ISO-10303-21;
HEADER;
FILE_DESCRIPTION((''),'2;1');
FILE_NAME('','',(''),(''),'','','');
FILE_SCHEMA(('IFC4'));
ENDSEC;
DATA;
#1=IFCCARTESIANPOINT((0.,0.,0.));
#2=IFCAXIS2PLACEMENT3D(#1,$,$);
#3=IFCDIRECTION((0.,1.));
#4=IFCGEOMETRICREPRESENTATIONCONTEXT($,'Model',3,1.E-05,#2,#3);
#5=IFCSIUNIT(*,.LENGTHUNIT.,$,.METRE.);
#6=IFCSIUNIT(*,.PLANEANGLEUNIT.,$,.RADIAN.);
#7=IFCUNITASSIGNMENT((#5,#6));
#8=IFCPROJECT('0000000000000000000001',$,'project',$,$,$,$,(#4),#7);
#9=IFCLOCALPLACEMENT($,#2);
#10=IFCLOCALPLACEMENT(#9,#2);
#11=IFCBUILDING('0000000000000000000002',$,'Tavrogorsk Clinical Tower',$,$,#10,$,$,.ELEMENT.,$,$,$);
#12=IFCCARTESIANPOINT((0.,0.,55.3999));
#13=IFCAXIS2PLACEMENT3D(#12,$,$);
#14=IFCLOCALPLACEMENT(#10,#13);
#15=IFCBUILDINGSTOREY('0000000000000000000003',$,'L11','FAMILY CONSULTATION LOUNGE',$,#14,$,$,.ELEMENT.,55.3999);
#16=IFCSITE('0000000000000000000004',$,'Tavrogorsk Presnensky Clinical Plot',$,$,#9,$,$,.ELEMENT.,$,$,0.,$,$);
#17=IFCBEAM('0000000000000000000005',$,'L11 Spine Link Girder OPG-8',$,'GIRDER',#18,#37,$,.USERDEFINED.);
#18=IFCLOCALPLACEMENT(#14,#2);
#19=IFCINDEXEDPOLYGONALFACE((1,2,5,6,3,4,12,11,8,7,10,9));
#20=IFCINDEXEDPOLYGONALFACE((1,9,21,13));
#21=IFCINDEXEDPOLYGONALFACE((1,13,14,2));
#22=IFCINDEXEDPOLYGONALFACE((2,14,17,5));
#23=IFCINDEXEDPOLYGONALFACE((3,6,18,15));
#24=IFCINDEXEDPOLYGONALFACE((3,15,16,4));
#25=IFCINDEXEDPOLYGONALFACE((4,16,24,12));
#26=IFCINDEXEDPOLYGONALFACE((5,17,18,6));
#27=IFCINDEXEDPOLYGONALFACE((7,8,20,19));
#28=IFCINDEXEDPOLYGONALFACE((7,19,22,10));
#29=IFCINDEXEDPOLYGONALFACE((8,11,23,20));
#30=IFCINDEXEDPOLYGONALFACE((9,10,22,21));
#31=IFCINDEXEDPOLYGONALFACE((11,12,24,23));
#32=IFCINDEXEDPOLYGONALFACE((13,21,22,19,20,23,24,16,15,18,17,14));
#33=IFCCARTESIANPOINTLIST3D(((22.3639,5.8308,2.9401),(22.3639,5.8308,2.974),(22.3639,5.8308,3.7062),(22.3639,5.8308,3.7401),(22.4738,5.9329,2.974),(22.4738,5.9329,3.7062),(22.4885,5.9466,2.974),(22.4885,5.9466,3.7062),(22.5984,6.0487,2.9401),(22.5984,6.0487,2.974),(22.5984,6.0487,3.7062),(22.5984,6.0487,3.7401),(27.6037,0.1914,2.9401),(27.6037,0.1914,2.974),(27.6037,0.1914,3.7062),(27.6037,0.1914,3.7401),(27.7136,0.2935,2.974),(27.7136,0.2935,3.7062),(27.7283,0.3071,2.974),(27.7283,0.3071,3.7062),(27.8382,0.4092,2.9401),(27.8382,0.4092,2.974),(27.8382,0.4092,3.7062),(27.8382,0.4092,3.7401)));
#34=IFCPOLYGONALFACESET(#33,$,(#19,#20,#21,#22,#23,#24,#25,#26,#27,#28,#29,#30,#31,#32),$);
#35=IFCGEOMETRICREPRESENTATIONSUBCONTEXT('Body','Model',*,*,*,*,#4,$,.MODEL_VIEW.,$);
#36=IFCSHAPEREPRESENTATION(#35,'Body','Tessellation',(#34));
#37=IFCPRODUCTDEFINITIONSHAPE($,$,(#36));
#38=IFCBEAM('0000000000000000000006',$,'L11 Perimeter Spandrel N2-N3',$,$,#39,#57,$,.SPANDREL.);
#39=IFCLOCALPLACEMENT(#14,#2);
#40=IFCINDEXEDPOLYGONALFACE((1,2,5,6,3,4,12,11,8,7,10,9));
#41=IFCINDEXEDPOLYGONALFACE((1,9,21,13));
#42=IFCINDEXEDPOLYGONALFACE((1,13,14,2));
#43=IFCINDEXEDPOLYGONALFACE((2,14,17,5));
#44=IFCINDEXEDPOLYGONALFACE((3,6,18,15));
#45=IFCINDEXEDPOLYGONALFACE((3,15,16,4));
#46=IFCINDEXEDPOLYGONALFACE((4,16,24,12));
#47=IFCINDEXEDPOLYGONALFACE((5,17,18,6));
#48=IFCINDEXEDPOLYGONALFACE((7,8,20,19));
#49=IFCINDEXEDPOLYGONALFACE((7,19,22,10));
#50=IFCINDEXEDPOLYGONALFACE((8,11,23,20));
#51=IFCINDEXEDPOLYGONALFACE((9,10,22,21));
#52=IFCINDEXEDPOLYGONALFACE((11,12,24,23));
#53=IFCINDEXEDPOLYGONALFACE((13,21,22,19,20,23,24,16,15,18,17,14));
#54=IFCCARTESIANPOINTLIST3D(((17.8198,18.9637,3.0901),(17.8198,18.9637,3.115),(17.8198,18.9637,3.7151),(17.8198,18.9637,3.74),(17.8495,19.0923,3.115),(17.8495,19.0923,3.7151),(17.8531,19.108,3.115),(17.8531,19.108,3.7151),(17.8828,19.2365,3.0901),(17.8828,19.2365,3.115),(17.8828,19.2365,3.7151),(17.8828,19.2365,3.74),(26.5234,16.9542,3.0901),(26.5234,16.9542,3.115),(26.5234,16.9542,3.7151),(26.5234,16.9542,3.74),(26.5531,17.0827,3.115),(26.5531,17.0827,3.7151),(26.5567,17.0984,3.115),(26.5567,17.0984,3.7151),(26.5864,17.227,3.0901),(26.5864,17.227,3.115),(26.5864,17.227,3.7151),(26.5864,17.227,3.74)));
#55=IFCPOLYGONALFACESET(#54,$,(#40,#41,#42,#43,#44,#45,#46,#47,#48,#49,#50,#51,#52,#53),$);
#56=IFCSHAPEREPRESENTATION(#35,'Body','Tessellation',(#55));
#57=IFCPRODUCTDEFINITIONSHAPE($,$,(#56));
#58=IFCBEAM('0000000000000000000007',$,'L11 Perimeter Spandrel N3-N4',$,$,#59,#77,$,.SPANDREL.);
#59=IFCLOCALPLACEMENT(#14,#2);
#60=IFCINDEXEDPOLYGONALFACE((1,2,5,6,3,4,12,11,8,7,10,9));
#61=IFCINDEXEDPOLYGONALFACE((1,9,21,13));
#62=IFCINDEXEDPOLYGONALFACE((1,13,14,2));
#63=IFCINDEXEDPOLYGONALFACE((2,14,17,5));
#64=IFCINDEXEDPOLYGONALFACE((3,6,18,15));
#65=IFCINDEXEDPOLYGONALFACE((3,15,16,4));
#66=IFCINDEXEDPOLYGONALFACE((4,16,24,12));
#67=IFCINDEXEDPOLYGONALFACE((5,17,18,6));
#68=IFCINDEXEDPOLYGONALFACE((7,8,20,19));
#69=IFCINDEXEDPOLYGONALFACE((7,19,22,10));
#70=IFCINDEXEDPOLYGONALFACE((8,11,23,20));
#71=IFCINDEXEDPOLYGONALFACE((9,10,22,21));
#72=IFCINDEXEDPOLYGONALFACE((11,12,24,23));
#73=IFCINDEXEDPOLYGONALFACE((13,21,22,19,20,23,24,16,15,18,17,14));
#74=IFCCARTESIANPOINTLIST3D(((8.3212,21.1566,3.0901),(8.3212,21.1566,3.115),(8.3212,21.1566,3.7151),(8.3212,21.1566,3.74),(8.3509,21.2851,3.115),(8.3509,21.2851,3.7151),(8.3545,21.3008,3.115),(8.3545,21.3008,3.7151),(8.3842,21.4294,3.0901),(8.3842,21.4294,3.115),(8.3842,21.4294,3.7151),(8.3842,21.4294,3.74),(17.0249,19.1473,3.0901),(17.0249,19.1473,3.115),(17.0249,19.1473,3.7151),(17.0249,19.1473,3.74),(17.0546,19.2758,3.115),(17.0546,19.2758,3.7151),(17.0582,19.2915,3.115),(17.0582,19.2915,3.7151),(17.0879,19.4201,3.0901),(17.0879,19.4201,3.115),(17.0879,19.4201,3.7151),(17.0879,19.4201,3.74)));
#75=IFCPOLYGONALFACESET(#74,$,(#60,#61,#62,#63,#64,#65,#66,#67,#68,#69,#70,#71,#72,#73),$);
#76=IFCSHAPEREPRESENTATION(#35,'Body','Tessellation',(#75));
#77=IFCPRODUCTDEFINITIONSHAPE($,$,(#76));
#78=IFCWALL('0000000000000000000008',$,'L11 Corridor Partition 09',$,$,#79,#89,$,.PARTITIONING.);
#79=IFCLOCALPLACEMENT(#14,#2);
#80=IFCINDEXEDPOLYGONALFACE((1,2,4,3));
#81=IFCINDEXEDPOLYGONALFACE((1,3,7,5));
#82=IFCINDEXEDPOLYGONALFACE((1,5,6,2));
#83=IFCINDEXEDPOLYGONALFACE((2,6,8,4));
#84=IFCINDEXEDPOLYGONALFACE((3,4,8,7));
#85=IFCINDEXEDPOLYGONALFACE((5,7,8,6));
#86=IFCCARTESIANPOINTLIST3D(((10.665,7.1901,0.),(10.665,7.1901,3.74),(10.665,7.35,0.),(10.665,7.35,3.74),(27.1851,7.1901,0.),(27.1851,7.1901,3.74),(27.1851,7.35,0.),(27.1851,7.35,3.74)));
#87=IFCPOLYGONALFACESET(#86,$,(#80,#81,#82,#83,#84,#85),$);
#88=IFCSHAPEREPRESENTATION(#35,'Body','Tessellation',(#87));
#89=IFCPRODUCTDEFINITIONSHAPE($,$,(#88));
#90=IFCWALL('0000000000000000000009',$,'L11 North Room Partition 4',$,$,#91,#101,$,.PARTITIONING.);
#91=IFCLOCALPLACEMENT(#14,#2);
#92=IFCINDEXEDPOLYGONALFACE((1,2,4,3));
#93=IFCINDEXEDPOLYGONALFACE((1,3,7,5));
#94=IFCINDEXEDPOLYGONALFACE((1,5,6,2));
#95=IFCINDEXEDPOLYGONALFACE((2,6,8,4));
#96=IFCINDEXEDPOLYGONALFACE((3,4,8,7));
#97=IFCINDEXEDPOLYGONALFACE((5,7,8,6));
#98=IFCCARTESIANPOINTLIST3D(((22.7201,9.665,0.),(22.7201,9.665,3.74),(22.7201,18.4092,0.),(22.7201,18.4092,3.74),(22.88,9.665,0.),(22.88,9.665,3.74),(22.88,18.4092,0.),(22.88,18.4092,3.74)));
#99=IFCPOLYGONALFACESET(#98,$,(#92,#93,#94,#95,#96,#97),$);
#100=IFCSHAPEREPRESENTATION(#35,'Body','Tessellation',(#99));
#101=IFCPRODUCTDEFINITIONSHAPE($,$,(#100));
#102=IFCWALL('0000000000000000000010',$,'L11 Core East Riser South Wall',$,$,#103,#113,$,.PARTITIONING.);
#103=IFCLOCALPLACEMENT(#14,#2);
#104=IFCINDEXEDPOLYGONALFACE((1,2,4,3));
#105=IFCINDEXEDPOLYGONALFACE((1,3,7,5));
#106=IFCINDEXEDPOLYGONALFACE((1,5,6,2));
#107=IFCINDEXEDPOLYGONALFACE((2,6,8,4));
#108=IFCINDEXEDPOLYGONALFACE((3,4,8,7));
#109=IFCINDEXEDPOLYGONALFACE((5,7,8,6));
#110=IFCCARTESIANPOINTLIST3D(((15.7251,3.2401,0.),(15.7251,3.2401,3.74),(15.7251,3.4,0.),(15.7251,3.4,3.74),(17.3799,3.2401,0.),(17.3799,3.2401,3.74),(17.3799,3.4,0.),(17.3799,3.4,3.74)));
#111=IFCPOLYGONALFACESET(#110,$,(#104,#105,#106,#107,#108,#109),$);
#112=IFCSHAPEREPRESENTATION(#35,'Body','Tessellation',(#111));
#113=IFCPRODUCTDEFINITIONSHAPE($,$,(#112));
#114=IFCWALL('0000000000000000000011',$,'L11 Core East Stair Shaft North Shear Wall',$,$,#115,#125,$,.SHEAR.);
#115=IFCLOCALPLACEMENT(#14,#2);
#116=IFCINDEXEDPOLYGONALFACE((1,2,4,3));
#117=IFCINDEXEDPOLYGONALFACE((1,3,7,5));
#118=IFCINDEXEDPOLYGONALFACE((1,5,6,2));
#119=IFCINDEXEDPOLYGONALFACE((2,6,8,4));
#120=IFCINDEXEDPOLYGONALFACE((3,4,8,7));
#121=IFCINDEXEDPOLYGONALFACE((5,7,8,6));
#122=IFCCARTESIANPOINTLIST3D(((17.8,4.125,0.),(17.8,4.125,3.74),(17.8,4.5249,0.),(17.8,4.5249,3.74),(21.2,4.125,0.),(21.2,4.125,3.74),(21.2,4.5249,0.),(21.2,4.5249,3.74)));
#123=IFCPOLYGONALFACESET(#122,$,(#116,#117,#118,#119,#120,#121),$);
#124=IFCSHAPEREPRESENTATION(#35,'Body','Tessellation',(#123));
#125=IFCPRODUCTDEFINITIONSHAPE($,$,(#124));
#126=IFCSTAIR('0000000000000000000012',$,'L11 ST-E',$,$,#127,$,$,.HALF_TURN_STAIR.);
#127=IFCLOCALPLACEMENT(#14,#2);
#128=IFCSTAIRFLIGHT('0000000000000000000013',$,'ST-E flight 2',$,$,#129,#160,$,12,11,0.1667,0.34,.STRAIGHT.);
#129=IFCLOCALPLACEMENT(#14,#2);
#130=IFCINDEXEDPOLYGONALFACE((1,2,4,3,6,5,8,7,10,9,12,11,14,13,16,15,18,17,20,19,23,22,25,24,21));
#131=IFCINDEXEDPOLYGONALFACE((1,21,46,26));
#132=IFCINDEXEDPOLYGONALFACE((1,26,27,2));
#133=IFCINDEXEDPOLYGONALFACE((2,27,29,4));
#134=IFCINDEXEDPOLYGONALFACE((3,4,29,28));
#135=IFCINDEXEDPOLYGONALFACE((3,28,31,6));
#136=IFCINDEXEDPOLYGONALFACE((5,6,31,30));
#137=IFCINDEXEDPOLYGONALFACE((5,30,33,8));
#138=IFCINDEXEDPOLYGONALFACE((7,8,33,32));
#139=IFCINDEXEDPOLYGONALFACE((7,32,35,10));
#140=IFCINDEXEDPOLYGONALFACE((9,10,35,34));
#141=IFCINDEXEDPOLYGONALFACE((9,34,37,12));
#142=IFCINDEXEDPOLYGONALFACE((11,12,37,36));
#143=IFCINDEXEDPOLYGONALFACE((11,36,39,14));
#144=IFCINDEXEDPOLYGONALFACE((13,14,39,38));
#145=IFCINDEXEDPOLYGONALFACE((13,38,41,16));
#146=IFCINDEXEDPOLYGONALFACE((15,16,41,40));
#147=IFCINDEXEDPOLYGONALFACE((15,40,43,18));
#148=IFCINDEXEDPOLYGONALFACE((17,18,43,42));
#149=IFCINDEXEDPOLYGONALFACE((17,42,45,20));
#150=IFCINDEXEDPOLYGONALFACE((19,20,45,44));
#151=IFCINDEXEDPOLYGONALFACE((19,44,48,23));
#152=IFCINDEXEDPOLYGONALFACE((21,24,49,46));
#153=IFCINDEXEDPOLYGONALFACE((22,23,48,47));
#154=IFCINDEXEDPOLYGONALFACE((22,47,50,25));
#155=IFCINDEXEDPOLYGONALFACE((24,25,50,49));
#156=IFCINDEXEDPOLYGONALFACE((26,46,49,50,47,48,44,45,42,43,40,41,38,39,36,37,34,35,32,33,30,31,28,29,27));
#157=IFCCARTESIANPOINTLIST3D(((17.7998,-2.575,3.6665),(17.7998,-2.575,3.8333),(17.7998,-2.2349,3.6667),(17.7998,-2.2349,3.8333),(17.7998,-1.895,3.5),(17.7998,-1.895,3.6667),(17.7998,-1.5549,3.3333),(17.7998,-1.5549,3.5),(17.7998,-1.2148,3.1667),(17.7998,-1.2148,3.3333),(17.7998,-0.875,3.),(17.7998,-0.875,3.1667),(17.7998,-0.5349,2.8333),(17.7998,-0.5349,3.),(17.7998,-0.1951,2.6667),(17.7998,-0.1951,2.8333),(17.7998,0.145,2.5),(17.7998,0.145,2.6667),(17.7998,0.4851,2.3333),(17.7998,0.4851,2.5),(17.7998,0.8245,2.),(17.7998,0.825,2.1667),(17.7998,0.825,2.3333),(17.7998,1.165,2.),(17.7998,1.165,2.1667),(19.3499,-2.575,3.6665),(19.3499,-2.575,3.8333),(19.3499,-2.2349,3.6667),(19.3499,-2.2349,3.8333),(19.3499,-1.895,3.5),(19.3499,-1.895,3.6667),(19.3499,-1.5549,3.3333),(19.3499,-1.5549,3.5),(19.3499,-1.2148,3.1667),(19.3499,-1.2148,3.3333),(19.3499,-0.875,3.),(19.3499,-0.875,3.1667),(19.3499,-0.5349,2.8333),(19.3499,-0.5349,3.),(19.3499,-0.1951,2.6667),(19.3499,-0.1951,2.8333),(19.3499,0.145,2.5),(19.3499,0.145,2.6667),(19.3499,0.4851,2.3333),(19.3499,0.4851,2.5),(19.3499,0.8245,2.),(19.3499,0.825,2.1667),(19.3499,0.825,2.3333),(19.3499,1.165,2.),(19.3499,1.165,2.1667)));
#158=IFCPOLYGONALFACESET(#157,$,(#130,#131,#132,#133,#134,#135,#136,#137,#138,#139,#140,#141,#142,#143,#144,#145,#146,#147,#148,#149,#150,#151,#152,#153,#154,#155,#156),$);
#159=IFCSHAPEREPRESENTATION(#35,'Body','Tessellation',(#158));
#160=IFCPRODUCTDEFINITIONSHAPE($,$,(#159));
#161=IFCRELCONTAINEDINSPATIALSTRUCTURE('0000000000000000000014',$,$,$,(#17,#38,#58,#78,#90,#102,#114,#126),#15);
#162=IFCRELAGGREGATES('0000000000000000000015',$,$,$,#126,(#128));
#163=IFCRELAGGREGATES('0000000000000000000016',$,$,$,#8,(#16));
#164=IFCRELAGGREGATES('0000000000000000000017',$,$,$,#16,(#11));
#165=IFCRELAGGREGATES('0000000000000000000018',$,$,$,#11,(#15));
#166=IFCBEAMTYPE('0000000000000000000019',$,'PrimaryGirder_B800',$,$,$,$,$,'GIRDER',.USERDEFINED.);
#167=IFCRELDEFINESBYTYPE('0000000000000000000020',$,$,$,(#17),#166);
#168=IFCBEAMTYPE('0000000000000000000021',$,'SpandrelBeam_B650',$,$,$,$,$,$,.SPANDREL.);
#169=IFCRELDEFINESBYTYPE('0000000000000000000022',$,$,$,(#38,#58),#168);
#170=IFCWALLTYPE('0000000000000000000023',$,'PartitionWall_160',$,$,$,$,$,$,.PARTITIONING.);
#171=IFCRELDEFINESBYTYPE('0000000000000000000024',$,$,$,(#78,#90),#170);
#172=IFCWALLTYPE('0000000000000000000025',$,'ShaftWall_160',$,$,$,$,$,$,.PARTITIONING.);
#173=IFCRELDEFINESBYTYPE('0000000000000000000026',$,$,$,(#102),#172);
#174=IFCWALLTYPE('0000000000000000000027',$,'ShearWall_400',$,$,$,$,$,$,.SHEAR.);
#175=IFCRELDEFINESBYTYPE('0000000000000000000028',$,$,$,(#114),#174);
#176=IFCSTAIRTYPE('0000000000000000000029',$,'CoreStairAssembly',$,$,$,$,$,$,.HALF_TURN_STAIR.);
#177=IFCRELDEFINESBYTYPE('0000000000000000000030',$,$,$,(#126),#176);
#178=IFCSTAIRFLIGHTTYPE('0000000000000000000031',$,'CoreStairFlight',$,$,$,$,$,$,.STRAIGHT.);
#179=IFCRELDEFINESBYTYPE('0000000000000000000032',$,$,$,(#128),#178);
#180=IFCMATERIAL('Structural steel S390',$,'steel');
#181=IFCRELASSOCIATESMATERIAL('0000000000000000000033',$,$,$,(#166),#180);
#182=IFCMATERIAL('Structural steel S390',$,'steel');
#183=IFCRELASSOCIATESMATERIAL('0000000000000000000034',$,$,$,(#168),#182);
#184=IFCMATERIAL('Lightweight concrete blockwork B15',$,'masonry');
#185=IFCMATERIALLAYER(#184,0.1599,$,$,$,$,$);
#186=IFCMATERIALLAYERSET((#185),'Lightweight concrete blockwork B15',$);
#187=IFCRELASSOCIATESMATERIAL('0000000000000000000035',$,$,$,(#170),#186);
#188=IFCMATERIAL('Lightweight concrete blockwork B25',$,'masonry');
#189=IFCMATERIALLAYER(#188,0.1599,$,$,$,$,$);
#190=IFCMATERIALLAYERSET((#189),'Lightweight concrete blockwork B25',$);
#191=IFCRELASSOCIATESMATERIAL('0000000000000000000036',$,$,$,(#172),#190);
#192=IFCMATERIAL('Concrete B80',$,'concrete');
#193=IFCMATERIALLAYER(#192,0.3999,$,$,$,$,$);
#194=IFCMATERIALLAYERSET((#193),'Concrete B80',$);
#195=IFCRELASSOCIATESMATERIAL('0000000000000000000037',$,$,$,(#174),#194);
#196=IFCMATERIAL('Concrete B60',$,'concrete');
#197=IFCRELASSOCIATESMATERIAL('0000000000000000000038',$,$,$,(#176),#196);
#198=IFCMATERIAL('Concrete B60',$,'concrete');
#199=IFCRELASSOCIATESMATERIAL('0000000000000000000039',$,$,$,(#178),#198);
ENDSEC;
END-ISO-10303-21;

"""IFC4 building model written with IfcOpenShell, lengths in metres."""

from ifc_helpers import new_model, si_unit, direction, frame, frame_2d, origin, origin_2d, place, context, subcontext, project, spatial, polyline, rectangle, i_section, outline, extrude, material, layer, layer_set, material_profile, profile_set, type_object, element, aggregate, save


model = new_model("IFC4")

# Units and contexts
model_context = context("Model", 3, precision=1e-05, world=origin(), true_north=direction((0.0, 1.0)))
body_context = subcontext(model_context, "Body", "Model", "MODEL_VIEW")
ifc_project = project(units=[si_unit("LENGTHUNIT", "METRE"), si_unit("PLANEANGLEUNIT", "RADIAN")], contexts=[model_context])

# Site, building, storey
site_placement = place(None, origin())
site = spatial("IfcSite", under=ifc_project, at=site_placement, Name="Tavrogorsk Presnensky Clinical Plot", CompositionType="ELEMENT", RefElevation=0.0)
building_placement = place(site_placement, origin())
building = spatial("IfcBuilding", under=site, at=building_placement, Name="Tavrogorsk Clinical Tower", CompositionType="ELEMENT")
storey_placement = place(building_placement, frame((0.0, 0.0, 55.3999)))
storey = spatial("IfcBuildingStorey", under=building, at=storey_placement, Name="L11", Description="FAMILY CONSULTATION LOUNGE", CompositionType="ELEMENT", Elevation=55.3999)

# Beams
ifc_material_1 = material(Name="Structural steel S390", Category="steel")
ifc_material_profile_1 = material_profile(ifc_material_1, i_section(OverallWidth=0.3201, OverallDepth=0.8, WebThickness=0.02, FlangeThickness=0.0339, at=origin_2d()), Name="B-800x320x20x34")
ifc_profile_set_1 = profile_set([ifc_material_profile_1], Name="Structural steel S390")
beam_type_1 = type_object("IfcBeamType", Name="PrimaryGirder_B800", ElementType="GIRDER", PredefinedType="USERDEFINED", material=ifc_profile_set_1)
for number, where, z_axis, x_axis, name in (
    (1, (27.7209, 0.3003, 3.3401), (-0.680671, 0.732589, 0.0), (-0.732589, -0.680671, 0.0), "L11 Spine Link Girder OPG-8"),
):
    element("IfcBeam", number, at=place(storey_placement, frame(where, z_axis=z_axis, x_axis=x_axis)), inside=storey, type_object=beam_type_1, Name=name, ObjectType="GIRDER", PredefinedType="USERDEFINED", context=body_context, shape_type="SweptSolid", body=[
        extrude(i_section(OverallWidth=0.3201, OverallDepth=0.8, WebThickness=0.02, FlangeThickness=0.0339, at=origin_2d()), origin(), (0.0, 0.0, 1.0), 7.698),
    ])
ifc_material_2 = material(Name="Structural steel S390", Category="steel")
ifc_material_profile_2 = material_profile(ifc_material_2, i_section(OverallWidth=0.28, OverallDepth=0.6499, WebThickness=0.0161, FlangeThickness=0.0249, at=origin_2d()), Name="B-650x280x16x25")
ifc_profile_set_2 = profile_set([ifc_material_profile_2], Name="Structural steel S390")
beam_type_2 = type_object("IfcBeamType", Name="SpandrelBeam_B650", PredefinedType="SPANDREL", material=ifc_profile_set_2)
for number, where, z_axis, x_axis, name in (
    (2, (26.5549, 17.0906, 3.415), (-0.974367, 0.224965, 0.0), (-0.224965, -0.974367, 0.0), "L11 Perimeter Spandrel N2-N3"),
    (3, (17.0564, 19.2837, 3.415), (-0.974373, 0.224939, 0.0), (-0.224939, -0.974373, 0.0), "L11 Perimeter Spandrel N3-N4"),
):
    element("IfcBeam", number, at=place(storey_placement, frame(where, z_axis=z_axis, x_axis=x_axis)), inside=storey, type_object=beam_type_2, Name=name, PredefinedType="SPANDREL", context=body_context, shape_type="SweptSolid", body=[
        extrude(i_section(OverallWidth=0.28, OverallDepth=0.6499, WebThickness=0.0161, FlangeThickness=0.0249, at=origin_2d()), origin(), (0.0, 0.0, 1.0), 8.9326),
    ])

# Walls
ifc_material_3 = material(Name="Lightweight concrete blockwork B15", Category="masonry")
ifc_layer_1 = layer(ifc_material_3, 0.1599)
ifc_layer_set_1 = layer_set([ifc_layer_1], Name="Lightweight concrete blockwork B15")
wall_type_1 = type_object("IfcWallType", Name="PartitionWall_160", PredefinedType="PARTITIONING", material=ifc_layer_set_1)
wall_1_placement = place(storey_placement, frame((27.1851, 7.27, 0.0), z_axis=(0.0, 0.0, 1.0), x_axis=(-1.0, 0.0, 0.0)))
element("IfcWall", 4, at=wall_1_placement, inside=storey, type_object=wall_type_1, Name="L11 Corridor Partition 09", PredefinedType="PARTITIONING", context=body_context, shape_type="SweptSolid", body=[
    extrude(rectangle(XDim=16.52, YDim=0.1599, at=frame_2d((8.26, 0.0))), origin(), (0.0, 0.0, 1.0), 3.74),
])
wall_2_placement = place(storey_placement, frame((22.8, 9.665, 0.0), z_axis=(0.0, 0.0, 1.0), x_axis=(0.0, 1.0, 0.0)))
element("IfcWall", 5, at=wall_2_placement, inside=storey, type_object=wall_type_1, Name="L11 North Room Partition 4", PredefinedType="PARTITIONING", context=body_context, shape_type="SweptSolid", body=[
    extrude(rectangle(XDim=8.7441, YDim=0.1599, at=frame_2d((4.3721, 0.0))), origin(), (0.0, 0.0, 1.0), 3.74),
])
ifc_material_4 = material(Name="Lightweight concrete blockwork B25", Category="masonry")
ifc_layer_2 = layer(ifc_material_4, 0.1599)
ifc_layer_set_2 = layer_set([ifc_layer_2], Name="Lightweight concrete blockwork B25")
wall_type_2 = type_object("IfcWallType", Name="ShaftWall_160", PredefinedType="PARTITIONING", material=ifc_layer_set_2)
wall_3_placement = place(storey_placement, frame((15.7251, 3.3201, 0.0), z_axis=(0.0, 0.0, 1.0), x_axis=(1.0, 0.0, 0.0)))
element("IfcWall", 6, at=wall_3_placement, inside=storey, type_object=wall_type_2, Name="L11 Core East Riser South Wall", PredefinedType="PARTITIONING", context=body_context, shape_type="SweptSolid", body=[
    extrude(rectangle(XDim=1.6548, YDim=0.1599, at=frame_2d((0.8274, 0.0))), origin(), (0.0, 0.0, 1.0), 3.74),
])
ifc_material_5 = material(Name="Concrete B80", Category="concrete")
ifc_layer_3 = layer(ifc_material_5, 0.3999)
ifc_layer_set_3 = layer_set([ifc_layer_3], Name="Concrete B80")
wall_type_3 = type_object("IfcWallType", Name="ShearWall_400", PredefinedType="SHEAR", material=ifc_layer_set_3)
wall_4_placement = place(storey_placement, frame((17.8, 4.325, 0.0), z_axis=(0.0, 0.0, 1.0), x_axis=(1.0, 0.0, 0.0)))
element("IfcWall", 7, at=wall_4_placement, inside=storey, type_object=wall_type_3, Name="L11 Core East Stair Shaft North Shear Wall", PredefinedType="SHEAR", context=body_context, shape_type="SweptSolid", body=[
    extrude(rectangle(XDim=3.3999, YDim=0.3999, at=frame_2d((1.7, 0.0))), origin(), (0.0, 0.0, 1.0), 3.74),
])

# Stair, stair flight
ifc_material_6 = material(Name="Concrete B60", Category="concrete")
stair_type = type_object("IfcStairType", Name="CoreStairAssembly", PredefinedType="HALF_TURN_STAIR", material=ifc_material_6)
stair_placement = place(storey_placement, origin())
stair = element("IfcStair", 8, at=stair_placement, inside=storey, type_object=stair_type, Name="L11 ST-E", PredefinedType="HALF_TURN_STAIR")
ifc_material_7 = material(Name="Concrete B60", Category="concrete")
stair_flight_type = type_object("IfcStairFlightType", Name="CoreStairFlight", PredefinedType="STRAIGHT", material=ifc_material_7)
stair_flight_placement = place(storey_placement, frame((18.575, 1.165, 2.0), z_axis=(0.0, 0.0, 1.0), x_axis=(0.0, -1.0, 0.0)))
stair_flight = element("IfcStairFlight", 9, at=stair_flight_placement, type_object=stair_flight_type, Name="ST-E flight 2", NumberOfRisers=12, NumberOfTreads=11, PredefinedType="STRAIGHT", RiserHeight=0.1667, TreadLength=0.34, context=body_context, shape_type="SweptSolid", body=[
    extrude(outline(polyline([(0.0, 0.0), (0.0, 0.1667), (0.3401, 0.1667), (0.3401, 0.3333), (0.6799, 0.3333), (0.6799, 0.5), (1.02, 0.5), (1.02, 0.6667), (1.3601, 0.6667), (1.3601, 0.8333), (1.7, 0.8333), (1.7, 1.0), (2.04, 1.0), (2.04, 1.1667), (2.3799, 1.1667), (2.3799, 1.3333), (2.72, 1.3333), (2.72, 1.5), (3.0601, 1.5), (3.0601, 1.6667), (3.3999, 1.6667), (3.3999, 1.8333), (3.74, 1.8333), (3.74, 2.0), (3.74, 1.6665), (0.3406, 0.0), (0.0, 0.0)])), frame((0.0, 0.7749, 0.0), z_axis=(0.0, -1.0, 0.0), x_axis=(1.0, 0.0, 0.0)), (0.0, 0.0, 1.0), 1.55),
])
aggregate(stair, [stair_flight])

save(model, "model.ifc")
